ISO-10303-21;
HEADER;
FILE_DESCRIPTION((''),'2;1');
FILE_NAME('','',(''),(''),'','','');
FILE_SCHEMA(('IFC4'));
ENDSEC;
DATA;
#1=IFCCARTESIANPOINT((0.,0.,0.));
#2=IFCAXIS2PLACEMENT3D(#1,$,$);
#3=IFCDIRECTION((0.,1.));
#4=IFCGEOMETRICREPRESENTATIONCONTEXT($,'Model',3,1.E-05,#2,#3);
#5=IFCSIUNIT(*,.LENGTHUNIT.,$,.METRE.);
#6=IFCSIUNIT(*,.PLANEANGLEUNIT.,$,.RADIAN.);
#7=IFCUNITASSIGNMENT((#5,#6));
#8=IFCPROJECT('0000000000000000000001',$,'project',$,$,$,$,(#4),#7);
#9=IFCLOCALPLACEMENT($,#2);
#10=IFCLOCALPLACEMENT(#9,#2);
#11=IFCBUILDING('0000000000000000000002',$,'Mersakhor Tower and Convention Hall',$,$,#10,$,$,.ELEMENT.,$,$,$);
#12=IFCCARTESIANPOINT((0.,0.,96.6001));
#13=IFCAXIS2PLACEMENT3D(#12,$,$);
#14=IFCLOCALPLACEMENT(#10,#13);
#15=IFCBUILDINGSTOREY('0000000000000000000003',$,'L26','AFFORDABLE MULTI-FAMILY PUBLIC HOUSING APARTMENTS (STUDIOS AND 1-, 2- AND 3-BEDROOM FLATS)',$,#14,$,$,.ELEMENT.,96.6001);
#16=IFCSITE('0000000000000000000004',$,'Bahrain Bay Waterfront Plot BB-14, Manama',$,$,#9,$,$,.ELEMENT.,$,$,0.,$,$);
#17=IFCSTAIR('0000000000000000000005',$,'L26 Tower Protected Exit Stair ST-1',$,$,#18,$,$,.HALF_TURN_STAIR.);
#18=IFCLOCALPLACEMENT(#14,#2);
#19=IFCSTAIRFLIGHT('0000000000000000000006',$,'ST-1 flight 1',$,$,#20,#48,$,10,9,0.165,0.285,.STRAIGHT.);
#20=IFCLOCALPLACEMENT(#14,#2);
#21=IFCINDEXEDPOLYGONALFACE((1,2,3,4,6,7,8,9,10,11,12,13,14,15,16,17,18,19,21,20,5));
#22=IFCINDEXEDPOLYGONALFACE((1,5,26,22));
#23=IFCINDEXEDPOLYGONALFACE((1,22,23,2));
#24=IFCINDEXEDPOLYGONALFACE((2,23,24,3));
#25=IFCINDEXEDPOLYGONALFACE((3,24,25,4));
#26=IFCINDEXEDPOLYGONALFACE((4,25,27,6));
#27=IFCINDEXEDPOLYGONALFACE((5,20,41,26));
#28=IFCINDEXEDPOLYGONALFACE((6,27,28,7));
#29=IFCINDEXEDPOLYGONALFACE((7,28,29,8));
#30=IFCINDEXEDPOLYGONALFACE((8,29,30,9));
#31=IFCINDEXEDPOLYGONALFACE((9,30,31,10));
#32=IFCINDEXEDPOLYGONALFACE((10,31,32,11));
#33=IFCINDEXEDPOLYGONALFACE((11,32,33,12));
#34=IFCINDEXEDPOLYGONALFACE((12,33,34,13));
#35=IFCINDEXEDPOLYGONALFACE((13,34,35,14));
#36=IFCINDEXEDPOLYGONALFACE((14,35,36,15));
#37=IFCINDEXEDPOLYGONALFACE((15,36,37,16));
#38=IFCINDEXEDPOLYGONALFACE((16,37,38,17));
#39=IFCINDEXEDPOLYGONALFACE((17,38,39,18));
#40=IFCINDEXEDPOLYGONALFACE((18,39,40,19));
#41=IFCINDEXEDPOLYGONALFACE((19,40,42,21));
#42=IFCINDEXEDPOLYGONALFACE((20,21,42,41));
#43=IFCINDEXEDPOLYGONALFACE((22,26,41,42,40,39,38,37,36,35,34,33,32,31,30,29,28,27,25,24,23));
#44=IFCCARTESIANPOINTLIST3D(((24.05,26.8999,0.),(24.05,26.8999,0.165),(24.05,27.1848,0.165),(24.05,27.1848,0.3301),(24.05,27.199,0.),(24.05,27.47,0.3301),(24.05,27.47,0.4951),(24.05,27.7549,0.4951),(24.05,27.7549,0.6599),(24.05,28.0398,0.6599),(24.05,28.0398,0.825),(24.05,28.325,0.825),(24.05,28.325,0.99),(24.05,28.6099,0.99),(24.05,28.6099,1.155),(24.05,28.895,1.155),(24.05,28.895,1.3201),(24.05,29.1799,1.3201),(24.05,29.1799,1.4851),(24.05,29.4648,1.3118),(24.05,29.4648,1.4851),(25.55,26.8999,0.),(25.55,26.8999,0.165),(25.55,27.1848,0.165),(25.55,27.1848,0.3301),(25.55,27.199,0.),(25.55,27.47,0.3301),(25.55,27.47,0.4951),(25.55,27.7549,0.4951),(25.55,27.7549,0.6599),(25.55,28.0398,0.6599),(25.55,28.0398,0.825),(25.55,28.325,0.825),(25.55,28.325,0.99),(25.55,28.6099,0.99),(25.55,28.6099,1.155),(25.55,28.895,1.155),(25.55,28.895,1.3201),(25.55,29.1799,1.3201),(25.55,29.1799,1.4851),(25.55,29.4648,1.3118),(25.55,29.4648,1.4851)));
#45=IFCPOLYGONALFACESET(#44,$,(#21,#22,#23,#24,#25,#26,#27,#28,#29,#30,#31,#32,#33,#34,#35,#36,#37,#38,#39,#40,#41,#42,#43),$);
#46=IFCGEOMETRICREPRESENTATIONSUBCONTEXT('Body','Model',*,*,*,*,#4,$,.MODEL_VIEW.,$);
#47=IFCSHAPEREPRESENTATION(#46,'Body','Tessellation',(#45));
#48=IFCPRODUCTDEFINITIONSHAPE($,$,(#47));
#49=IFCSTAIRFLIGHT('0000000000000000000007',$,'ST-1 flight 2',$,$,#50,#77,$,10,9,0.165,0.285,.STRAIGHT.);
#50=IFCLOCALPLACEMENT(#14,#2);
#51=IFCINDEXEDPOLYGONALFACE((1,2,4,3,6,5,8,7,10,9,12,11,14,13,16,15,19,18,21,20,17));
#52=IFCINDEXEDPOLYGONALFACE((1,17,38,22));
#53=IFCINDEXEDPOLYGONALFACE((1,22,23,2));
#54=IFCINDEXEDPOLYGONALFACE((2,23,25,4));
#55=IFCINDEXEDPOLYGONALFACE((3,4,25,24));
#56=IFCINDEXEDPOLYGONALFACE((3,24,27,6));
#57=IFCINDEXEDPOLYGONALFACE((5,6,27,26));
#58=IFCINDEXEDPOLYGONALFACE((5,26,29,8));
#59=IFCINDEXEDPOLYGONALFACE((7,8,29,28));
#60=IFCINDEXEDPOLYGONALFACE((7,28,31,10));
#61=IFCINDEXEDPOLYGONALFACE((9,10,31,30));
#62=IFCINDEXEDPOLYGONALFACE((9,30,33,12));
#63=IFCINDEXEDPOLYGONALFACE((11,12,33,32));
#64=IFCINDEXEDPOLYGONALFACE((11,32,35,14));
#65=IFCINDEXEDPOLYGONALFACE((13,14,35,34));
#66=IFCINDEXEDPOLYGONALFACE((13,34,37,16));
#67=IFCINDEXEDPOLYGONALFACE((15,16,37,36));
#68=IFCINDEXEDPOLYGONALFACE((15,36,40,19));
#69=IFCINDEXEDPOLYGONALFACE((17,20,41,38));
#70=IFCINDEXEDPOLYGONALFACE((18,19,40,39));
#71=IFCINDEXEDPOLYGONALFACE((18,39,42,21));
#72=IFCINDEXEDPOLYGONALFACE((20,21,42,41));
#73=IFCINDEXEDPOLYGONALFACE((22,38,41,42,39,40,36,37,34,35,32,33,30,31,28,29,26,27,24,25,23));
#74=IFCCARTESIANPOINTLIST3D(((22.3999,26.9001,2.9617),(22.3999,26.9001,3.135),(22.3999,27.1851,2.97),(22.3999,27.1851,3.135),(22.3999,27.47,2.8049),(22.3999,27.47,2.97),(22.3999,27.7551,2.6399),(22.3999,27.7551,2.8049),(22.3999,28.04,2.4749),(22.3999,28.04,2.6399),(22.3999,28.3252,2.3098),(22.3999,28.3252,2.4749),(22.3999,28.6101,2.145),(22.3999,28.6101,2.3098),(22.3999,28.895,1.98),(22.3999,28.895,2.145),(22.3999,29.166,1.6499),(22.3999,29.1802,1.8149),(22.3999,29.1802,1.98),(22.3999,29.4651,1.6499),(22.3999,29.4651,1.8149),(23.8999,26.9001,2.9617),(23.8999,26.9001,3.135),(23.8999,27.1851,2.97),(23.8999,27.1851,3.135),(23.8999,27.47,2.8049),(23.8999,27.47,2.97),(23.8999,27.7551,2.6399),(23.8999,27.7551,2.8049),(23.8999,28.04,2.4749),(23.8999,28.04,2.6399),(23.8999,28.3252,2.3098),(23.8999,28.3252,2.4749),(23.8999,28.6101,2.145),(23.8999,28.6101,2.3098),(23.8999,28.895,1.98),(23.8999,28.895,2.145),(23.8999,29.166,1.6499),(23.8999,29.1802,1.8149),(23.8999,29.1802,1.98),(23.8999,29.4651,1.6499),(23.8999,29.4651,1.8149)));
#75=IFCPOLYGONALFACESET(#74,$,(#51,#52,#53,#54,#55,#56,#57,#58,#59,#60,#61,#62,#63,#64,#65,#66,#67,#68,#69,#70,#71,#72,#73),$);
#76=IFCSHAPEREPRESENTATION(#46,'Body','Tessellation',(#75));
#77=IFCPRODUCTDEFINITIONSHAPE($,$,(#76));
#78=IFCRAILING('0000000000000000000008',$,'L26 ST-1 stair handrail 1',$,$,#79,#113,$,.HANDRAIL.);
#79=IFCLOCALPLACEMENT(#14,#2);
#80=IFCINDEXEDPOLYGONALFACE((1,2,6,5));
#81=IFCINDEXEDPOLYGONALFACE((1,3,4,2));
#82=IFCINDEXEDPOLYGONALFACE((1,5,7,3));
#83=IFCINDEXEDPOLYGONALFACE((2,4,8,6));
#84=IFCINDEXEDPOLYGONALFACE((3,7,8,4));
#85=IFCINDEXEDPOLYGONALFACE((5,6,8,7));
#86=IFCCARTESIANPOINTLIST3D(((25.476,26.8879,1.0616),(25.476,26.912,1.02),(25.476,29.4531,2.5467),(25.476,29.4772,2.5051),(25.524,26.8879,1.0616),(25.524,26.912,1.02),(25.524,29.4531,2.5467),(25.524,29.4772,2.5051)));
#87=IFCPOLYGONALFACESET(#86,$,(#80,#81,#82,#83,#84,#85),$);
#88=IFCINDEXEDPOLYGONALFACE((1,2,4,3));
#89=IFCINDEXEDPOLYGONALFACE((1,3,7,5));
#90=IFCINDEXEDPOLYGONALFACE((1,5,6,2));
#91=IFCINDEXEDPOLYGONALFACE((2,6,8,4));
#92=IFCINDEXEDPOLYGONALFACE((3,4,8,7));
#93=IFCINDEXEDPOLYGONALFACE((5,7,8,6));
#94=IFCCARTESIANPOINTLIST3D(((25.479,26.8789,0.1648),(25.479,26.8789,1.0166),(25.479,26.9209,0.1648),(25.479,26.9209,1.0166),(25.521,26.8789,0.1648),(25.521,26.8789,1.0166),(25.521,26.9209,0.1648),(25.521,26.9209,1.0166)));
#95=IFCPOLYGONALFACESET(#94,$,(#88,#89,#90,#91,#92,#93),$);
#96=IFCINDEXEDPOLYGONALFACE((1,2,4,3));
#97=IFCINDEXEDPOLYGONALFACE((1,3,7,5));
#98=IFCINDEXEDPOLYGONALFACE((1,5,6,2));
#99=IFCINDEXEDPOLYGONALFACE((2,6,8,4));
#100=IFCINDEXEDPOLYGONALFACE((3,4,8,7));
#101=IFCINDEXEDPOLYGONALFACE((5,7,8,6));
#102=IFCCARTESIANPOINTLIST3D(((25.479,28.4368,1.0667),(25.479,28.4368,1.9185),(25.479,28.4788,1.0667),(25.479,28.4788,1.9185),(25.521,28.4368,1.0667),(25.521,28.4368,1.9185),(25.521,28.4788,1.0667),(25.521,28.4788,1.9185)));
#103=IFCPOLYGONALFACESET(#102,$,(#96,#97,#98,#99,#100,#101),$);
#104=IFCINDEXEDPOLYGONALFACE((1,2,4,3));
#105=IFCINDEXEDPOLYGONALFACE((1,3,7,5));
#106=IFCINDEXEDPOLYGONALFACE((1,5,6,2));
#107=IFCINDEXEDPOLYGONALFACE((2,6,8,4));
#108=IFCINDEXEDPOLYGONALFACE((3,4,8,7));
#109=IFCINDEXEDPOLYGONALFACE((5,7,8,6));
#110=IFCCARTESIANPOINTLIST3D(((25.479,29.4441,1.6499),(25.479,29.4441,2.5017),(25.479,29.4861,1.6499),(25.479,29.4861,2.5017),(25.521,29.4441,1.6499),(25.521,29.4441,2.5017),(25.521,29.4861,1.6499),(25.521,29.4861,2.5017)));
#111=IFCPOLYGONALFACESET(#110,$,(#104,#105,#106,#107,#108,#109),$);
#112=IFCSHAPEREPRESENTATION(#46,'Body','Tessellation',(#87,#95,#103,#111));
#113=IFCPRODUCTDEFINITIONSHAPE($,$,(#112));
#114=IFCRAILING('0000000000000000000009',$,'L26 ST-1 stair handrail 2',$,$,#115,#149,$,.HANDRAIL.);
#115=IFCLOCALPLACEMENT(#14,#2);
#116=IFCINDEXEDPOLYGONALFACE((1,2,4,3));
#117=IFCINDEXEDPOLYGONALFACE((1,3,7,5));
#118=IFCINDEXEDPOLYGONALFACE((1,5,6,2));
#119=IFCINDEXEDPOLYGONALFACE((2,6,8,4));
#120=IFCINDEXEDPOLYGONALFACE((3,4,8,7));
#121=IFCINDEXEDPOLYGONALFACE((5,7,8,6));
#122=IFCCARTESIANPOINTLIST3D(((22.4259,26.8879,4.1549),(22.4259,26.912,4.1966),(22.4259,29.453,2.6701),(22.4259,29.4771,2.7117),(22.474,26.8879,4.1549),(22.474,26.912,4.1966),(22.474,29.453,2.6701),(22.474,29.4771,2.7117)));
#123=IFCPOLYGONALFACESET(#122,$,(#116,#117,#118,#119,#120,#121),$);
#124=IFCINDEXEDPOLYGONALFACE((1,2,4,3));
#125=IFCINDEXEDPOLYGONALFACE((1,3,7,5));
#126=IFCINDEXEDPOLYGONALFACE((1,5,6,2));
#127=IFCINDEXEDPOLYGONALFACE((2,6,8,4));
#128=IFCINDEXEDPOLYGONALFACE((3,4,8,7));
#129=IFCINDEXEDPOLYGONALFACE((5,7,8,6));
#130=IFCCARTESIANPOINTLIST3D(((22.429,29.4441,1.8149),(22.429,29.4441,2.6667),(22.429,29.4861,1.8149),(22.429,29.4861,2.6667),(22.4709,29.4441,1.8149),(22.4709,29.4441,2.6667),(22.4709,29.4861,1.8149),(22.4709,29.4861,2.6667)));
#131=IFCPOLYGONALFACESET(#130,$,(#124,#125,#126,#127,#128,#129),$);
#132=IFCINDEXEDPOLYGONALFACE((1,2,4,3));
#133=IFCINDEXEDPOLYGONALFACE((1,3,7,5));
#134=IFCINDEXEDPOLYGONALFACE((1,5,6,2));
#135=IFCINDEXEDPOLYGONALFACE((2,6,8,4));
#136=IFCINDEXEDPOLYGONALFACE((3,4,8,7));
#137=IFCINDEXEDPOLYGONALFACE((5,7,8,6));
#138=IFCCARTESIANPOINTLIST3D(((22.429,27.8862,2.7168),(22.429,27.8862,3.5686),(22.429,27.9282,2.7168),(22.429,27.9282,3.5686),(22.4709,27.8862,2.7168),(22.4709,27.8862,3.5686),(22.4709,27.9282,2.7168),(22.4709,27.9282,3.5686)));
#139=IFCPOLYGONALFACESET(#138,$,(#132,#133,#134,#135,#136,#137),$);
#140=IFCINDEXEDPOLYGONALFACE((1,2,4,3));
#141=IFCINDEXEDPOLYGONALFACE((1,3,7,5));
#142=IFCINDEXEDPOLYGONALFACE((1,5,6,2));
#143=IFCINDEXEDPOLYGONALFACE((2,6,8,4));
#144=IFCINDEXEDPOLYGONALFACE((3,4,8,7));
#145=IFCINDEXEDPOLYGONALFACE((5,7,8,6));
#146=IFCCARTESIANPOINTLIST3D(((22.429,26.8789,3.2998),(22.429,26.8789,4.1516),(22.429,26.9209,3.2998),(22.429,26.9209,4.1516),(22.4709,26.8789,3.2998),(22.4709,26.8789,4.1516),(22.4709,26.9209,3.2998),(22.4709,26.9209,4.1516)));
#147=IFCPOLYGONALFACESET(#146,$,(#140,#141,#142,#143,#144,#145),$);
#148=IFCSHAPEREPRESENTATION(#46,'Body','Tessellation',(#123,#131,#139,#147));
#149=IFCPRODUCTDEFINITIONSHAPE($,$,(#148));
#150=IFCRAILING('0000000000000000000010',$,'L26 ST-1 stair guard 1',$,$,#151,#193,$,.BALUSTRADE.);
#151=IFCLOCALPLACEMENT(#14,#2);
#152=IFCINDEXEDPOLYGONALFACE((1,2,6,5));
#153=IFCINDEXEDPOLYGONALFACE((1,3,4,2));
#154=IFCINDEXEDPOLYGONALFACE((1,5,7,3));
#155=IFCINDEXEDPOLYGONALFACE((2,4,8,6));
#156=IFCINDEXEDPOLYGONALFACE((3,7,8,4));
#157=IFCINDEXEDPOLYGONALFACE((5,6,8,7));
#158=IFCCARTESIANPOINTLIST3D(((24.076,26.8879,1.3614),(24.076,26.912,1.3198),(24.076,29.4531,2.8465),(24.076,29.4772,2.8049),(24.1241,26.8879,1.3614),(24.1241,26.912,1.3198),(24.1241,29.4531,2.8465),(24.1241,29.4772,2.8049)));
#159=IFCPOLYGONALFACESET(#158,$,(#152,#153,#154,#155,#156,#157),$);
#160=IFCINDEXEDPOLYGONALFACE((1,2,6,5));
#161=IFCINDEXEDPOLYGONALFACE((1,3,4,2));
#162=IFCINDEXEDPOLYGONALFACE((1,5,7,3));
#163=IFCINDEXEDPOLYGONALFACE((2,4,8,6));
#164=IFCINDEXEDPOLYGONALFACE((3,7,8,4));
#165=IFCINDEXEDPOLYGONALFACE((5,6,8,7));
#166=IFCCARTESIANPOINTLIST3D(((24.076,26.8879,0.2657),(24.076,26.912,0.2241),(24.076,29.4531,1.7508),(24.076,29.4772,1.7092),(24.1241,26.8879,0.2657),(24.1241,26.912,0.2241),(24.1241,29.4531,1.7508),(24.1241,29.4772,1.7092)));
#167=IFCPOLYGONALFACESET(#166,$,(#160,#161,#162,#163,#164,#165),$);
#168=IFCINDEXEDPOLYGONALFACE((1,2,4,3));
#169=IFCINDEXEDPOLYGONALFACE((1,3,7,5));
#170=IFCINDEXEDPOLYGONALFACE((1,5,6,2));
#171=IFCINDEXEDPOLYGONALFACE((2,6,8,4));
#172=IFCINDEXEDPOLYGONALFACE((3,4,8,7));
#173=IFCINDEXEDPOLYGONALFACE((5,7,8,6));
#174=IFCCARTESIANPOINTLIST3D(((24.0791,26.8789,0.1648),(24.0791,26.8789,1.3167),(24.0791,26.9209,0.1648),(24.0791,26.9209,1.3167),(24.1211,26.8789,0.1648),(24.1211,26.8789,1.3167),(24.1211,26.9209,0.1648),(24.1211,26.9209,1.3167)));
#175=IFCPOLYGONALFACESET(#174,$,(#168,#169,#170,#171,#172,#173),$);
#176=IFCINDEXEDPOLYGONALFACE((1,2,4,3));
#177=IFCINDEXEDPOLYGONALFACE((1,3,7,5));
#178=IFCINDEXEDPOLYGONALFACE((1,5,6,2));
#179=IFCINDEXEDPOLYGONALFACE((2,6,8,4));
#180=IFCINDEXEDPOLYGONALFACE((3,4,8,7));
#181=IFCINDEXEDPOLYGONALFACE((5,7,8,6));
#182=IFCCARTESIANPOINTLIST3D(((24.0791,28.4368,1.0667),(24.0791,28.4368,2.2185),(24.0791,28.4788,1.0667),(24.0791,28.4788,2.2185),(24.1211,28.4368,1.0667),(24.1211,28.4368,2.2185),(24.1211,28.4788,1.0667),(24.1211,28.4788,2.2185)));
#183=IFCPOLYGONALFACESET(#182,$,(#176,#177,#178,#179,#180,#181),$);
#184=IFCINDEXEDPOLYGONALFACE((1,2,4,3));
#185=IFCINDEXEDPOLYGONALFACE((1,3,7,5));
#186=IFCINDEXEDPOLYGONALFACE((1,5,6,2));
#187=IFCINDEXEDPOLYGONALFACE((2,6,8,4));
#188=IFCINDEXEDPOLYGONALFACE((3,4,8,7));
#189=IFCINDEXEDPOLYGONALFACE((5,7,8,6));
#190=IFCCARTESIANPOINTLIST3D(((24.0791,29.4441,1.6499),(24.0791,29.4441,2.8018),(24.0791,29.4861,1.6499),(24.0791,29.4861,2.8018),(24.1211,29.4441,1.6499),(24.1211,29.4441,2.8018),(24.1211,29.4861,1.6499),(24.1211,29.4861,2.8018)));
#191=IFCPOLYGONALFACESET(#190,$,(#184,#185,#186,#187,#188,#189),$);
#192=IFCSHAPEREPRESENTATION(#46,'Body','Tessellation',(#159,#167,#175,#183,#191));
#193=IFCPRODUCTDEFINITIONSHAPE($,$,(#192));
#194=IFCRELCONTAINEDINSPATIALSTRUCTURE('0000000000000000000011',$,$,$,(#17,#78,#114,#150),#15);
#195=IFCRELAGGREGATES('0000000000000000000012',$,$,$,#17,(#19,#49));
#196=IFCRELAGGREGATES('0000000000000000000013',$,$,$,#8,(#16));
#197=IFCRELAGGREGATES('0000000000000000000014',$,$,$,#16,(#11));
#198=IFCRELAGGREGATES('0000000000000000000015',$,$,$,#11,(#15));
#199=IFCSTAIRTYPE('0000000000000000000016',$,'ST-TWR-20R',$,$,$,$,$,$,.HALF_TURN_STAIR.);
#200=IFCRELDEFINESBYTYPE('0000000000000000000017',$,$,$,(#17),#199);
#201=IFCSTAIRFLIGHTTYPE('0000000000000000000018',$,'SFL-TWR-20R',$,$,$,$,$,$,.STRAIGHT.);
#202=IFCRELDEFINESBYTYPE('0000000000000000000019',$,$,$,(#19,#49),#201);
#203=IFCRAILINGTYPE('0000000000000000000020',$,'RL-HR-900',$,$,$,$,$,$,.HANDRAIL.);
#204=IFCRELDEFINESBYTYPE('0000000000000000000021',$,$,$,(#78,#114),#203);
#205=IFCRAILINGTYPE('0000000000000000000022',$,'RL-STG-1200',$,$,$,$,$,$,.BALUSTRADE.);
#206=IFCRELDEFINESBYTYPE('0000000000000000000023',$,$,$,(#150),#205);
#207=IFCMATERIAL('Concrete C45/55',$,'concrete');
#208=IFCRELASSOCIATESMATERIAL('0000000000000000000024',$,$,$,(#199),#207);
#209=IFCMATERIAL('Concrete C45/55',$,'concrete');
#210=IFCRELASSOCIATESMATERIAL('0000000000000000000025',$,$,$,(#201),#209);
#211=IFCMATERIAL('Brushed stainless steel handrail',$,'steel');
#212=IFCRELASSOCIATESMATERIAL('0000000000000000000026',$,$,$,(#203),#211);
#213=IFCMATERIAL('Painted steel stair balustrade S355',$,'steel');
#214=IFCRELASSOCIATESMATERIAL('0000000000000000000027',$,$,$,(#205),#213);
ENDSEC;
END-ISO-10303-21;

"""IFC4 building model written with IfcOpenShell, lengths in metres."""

from ifc_helpers import new_model, si_unit, direction, frame, origin, origin_2d, place, context, subcontext, project, spatial, polyline, rectangle, outline, extrude, material, type_object, element, aggregate, save


model = new_model("IFC4")

# Units and contexts
model_context = context("Model", 3, precision=1e-05, world=origin(), true_north=direction((0.0, 1.0)))
body_context = subcontext(model_context, "Body", "Model", "MODEL_VIEW")
ifc_project = project(units=[si_unit("LENGTHUNIT", "METRE"), si_unit("PLANEANGLEUNIT", "RADIAN")], contexts=[model_context])

# Site, building, storey
site_placement = place(None, origin())
site = spatial("IfcSite", under=ifc_project, at=site_placement, Name="Bahrain Bay Waterfront Plot BB-14, Manama", CompositionType="ELEMENT", RefElevation=0.0)
building_placement = place(site_placement, origin())
building = spatial("IfcBuilding", under=site, at=building_placement, Name="Mersakhor Tower and Convention Hall", CompositionType="ELEMENT")
storey_placement = place(building_placement, frame((0.0, 0.0, 96.6001)))
storey = spatial("IfcBuildingStorey", under=building, at=storey_placement, Name="L26", Description="AFFORDABLE MULTI-FAMILY PUBLIC HOUSING APARTMENTS (STUDIOS AND 1-, 2- AND 3-BEDROOM FLATS)", CompositionType="ELEMENT", Elevation=96.6001)

# Stair, stair flights
ifc_material_1 = material(Name="Concrete C45/55", Category="concrete")
stair_type = type_object("IfcStairType", Name="ST-TWR-20R", PredefinedType="HALF_TURN_STAIR", material=ifc_material_1)
stair_placement = place(storey_placement, origin())
stair = element("IfcStair", 1, at=stair_placement, inside=storey, type_object=stair_type, Name="L26 Tower Protected Exit Stair ST-1", PredefinedType="HALF_TURN_STAIR")
ifc_material_2 = material(Name="Concrete C45/55", Category="concrete")
stair_flight_type = type_object("IfcStairFlightType", Name="SFL-TWR-20R", PredefinedType="STRAIGHT", material=ifc_material_2)
stair_flight_1_placement = place(storey_placement, frame((24.8, 26.8999, 0.0), z_axis=(0.0, 0.0, 1.0), x_axis=(0.0, 1.0, 0.0)))
stair_flight_1 = element("IfcStairFlight", 2, at=stair_flight_1_placement, type_object=stair_flight_type, Name="ST-1 flight 1", NumberOfRisers=10, NumberOfTreads=9, PredefinedType="STRAIGHT", RiserHeight=0.165, TreadLength=0.285, context=body_context, shape_type="SweptSolid", body=[
    extrude(outline(polyline([(0.0, 0.0), (0.0, 0.165), (0.2849, 0.165), (0.2849, 0.3301), (0.5701, 0.3301), (0.5701, 0.4951), (0.855, 0.4951), (0.855, 0.6599), (1.1399, 0.6599), (1.1399, 0.825), (1.425, 0.825), (1.425, 0.99), (1.71, 0.99), (1.71, 1.155), (1.9951, 1.155), (1.9951, 1.3201), (2.28, 1.3201), (2.28, 1.4851), (2.5649, 1.4851), (2.5649, 1.6499), (2.5649, 1.3118), (0.2991, 0.0), (0.0, 0.0)])), frame((0.0, 0.75, 0.0), z_axis=(0.0, -1.0, 0.0), x_axis=(1.0, 0.0, 0.0)), (0.0, 0.0, 1.0), 1.5),
])
stair_flight_2_placement = place(storey_placement, frame((23.1499, 29.4651, 1.6499), z_axis=(0.0, 0.0, 1.0), x_axis=(0.0, -1.0, 0.0)))
stair_flight_2 = element("IfcStairFlight", 3, at=stair_flight_2_placement, type_object=stair_flight_type, Name="ST-1 flight 2", NumberOfRisers=10, NumberOfTreads=9, PredefinedType="STRAIGHT", RiserHeight=0.165, TreadLength=0.285, context=body_context, shape_type="SweptSolid", body=[
    extrude(outline(polyline([(0.0, 0.0), (0.0, 0.165), (0.2849, 0.165), (0.2849, 0.3301), (0.5701, 0.3301), (0.5701, 0.4951), (0.855, 0.4951), (0.855, 0.6599), (1.1399, 0.6599), (1.1399, 0.825), (1.425, 0.825), (1.425, 0.99), (1.71, 0.99), (1.71, 1.155), (1.9951, 1.155), (1.9951, 1.3201), (2.28, 1.3201), (2.28, 1.4851), (2.5649, 1.4851), (2.5649, 1.6499), (2.5649, 1.3118), (0.2991, 0.0), (0.0, 0.0)])), frame((0.0, 0.75, 0.0), z_axis=(0.0, -1.0, 0.0), x_axis=(1.0, 0.0, 0.0)), (0.0, 0.0, 1.0), 1.5),
])
aggregate(stair, [stair_flight_1, stair_flight_2])

# Railings
ifc_material_3 = material(Name="Brushed stainless steel handrail", Category="steel")
railing_type_1 = type_object("IfcRailingType", Name="RL-HR-900", PredefinedType="HANDRAIL", material=ifc_material_3)
railing_1_placement = place(storey_placement, frame((25.5, 26.8999, 0.1648)))
element("IfcRailing", 4, at=railing_1_placement, inside=storey, type_object=railing_type_1, Name="L26 ST-1 stair handrail 1", PredefinedType="HANDRAIL", context=body_context, shape_type="SweptSolid", body=[
    extrude(rectangle(XDim=0.0481, YDim=0.0481, at=origin_2d()), frame((0.0, 0.0, 0.876), z_axis=(0.0, 0.865426, 0.501036), x_axis=(-1.0, 0.0, 0.0)), (0.0, 0.0, 1.0), 2.9641),
    extrude(rectangle(XDim=0.042, YDim=0.042, at=origin_2d()), origin(), (0.0, 0.0, 1.0), 0.8518),
    extrude(rectangle(XDim=0.042, YDim=0.042, at=origin_2d()), frame((0.0, 1.5579, 0.9019)), (0.0, 0.0, 1.0), 0.8518),
    extrude(rectangle(XDim=0.042, YDim=0.042, at=origin_2d()), frame((0.0, 2.5652, 1.4851)), (0.0, 0.0, 1.0), 0.8518),
])
railing_2_placement = place(storey_placement, frame((22.45, 29.4651, 1.8149)))
element("IfcRailing", 5, at=railing_2_placement, inside=storey, type_object=railing_type_1, Name="L26 ST-1 stair handrail 2", PredefinedType="HANDRAIL", context=body_context, shape_type="SweptSolid", body=[
    extrude(rectangle(XDim=0.0481, YDim=0.0481, at=origin_2d()), frame((0.0, 0.0, 0.876), z_axis=(0.0, -0.865462, 0.500975), x_axis=(1.0, 0.0, 0.0)), (0.0, 0.0, 1.0), 2.9639),
    extrude(rectangle(XDim=0.042, YDim=0.042, at=origin_2d()), origin(), (0.0, 0.0, 1.0), 0.8518),
    extrude(rectangle(XDim=0.042, YDim=0.042, at=origin_2d()), frame((0.0, -1.5579, 0.9019)), (0.0, 0.0, 1.0), 0.8518),
    extrude(rectangle(XDim=0.042, YDim=0.042, at=origin_2d()), frame((0.0, -2.5652, 1.4849)), (0.0, 0.0, 1.0), 0.8518),
])
ifc_material_4 = material(Name="Painted steel stair balustrade S355", Category="steel")
railing_type_2 = type_object("IfcRailingType", Name="RL-STG-1200", PredefinedType="BALUSTRADE", material=ifc_material_4)
railing_3_placement = place(storey_placement, frame((24.1001, 26.8999, 0.1648)))
element("IfcRailing", 6, at=railing_3_placement, inside=storey, type_object=railing_type_2, Name="L26 ST-1 stair guard 1", PredefinedType="BALUSTRADE", context=body_context, shape_type="SweptSolid", body=[
    extrude(rectangle(XDim=0.0481, YDim=0.0481, at=origin_2d()), frame((0.0, 0.0, 1.1758), z_axis=(0.0, 0.865426, 0.501036), x_axis=(-1.0, 0.0, 0.0)), (0.0, 0.0, 1.0), 2.9641),
    extrude(rectangle(XDim=0.0481, YDim=0.0481, at=origin_2d()), frame((0.0, 0.0, 0.0801), z_axis=(0.0, 0.865426, 0.501036), x_axis=(-1.0, 0.0, 0.0)), (0.0, 0.0, 1.0), 2.9641),
    extrude(rectangle(XDim=0.042, YDim=0.042, at=origin_2d()), origin(), (0.0, 0.0, 1.0), 1.1519),
    extrude(rectangle(XDim=0.042, YDim=0.042, at=origin_2d()), frame((0.0, 1.5579, 0.9019)), (0.0, 0.0, 1.0), 1.1519),
    extrude(rectangle(XDim=0.042, YDim=0.042, at=origin_2d()), frame((0.0, 2.5652, 1.4851)), (0.0, 0.0, 1.0), 1.1519),
])

save(model, "model.ifc")
